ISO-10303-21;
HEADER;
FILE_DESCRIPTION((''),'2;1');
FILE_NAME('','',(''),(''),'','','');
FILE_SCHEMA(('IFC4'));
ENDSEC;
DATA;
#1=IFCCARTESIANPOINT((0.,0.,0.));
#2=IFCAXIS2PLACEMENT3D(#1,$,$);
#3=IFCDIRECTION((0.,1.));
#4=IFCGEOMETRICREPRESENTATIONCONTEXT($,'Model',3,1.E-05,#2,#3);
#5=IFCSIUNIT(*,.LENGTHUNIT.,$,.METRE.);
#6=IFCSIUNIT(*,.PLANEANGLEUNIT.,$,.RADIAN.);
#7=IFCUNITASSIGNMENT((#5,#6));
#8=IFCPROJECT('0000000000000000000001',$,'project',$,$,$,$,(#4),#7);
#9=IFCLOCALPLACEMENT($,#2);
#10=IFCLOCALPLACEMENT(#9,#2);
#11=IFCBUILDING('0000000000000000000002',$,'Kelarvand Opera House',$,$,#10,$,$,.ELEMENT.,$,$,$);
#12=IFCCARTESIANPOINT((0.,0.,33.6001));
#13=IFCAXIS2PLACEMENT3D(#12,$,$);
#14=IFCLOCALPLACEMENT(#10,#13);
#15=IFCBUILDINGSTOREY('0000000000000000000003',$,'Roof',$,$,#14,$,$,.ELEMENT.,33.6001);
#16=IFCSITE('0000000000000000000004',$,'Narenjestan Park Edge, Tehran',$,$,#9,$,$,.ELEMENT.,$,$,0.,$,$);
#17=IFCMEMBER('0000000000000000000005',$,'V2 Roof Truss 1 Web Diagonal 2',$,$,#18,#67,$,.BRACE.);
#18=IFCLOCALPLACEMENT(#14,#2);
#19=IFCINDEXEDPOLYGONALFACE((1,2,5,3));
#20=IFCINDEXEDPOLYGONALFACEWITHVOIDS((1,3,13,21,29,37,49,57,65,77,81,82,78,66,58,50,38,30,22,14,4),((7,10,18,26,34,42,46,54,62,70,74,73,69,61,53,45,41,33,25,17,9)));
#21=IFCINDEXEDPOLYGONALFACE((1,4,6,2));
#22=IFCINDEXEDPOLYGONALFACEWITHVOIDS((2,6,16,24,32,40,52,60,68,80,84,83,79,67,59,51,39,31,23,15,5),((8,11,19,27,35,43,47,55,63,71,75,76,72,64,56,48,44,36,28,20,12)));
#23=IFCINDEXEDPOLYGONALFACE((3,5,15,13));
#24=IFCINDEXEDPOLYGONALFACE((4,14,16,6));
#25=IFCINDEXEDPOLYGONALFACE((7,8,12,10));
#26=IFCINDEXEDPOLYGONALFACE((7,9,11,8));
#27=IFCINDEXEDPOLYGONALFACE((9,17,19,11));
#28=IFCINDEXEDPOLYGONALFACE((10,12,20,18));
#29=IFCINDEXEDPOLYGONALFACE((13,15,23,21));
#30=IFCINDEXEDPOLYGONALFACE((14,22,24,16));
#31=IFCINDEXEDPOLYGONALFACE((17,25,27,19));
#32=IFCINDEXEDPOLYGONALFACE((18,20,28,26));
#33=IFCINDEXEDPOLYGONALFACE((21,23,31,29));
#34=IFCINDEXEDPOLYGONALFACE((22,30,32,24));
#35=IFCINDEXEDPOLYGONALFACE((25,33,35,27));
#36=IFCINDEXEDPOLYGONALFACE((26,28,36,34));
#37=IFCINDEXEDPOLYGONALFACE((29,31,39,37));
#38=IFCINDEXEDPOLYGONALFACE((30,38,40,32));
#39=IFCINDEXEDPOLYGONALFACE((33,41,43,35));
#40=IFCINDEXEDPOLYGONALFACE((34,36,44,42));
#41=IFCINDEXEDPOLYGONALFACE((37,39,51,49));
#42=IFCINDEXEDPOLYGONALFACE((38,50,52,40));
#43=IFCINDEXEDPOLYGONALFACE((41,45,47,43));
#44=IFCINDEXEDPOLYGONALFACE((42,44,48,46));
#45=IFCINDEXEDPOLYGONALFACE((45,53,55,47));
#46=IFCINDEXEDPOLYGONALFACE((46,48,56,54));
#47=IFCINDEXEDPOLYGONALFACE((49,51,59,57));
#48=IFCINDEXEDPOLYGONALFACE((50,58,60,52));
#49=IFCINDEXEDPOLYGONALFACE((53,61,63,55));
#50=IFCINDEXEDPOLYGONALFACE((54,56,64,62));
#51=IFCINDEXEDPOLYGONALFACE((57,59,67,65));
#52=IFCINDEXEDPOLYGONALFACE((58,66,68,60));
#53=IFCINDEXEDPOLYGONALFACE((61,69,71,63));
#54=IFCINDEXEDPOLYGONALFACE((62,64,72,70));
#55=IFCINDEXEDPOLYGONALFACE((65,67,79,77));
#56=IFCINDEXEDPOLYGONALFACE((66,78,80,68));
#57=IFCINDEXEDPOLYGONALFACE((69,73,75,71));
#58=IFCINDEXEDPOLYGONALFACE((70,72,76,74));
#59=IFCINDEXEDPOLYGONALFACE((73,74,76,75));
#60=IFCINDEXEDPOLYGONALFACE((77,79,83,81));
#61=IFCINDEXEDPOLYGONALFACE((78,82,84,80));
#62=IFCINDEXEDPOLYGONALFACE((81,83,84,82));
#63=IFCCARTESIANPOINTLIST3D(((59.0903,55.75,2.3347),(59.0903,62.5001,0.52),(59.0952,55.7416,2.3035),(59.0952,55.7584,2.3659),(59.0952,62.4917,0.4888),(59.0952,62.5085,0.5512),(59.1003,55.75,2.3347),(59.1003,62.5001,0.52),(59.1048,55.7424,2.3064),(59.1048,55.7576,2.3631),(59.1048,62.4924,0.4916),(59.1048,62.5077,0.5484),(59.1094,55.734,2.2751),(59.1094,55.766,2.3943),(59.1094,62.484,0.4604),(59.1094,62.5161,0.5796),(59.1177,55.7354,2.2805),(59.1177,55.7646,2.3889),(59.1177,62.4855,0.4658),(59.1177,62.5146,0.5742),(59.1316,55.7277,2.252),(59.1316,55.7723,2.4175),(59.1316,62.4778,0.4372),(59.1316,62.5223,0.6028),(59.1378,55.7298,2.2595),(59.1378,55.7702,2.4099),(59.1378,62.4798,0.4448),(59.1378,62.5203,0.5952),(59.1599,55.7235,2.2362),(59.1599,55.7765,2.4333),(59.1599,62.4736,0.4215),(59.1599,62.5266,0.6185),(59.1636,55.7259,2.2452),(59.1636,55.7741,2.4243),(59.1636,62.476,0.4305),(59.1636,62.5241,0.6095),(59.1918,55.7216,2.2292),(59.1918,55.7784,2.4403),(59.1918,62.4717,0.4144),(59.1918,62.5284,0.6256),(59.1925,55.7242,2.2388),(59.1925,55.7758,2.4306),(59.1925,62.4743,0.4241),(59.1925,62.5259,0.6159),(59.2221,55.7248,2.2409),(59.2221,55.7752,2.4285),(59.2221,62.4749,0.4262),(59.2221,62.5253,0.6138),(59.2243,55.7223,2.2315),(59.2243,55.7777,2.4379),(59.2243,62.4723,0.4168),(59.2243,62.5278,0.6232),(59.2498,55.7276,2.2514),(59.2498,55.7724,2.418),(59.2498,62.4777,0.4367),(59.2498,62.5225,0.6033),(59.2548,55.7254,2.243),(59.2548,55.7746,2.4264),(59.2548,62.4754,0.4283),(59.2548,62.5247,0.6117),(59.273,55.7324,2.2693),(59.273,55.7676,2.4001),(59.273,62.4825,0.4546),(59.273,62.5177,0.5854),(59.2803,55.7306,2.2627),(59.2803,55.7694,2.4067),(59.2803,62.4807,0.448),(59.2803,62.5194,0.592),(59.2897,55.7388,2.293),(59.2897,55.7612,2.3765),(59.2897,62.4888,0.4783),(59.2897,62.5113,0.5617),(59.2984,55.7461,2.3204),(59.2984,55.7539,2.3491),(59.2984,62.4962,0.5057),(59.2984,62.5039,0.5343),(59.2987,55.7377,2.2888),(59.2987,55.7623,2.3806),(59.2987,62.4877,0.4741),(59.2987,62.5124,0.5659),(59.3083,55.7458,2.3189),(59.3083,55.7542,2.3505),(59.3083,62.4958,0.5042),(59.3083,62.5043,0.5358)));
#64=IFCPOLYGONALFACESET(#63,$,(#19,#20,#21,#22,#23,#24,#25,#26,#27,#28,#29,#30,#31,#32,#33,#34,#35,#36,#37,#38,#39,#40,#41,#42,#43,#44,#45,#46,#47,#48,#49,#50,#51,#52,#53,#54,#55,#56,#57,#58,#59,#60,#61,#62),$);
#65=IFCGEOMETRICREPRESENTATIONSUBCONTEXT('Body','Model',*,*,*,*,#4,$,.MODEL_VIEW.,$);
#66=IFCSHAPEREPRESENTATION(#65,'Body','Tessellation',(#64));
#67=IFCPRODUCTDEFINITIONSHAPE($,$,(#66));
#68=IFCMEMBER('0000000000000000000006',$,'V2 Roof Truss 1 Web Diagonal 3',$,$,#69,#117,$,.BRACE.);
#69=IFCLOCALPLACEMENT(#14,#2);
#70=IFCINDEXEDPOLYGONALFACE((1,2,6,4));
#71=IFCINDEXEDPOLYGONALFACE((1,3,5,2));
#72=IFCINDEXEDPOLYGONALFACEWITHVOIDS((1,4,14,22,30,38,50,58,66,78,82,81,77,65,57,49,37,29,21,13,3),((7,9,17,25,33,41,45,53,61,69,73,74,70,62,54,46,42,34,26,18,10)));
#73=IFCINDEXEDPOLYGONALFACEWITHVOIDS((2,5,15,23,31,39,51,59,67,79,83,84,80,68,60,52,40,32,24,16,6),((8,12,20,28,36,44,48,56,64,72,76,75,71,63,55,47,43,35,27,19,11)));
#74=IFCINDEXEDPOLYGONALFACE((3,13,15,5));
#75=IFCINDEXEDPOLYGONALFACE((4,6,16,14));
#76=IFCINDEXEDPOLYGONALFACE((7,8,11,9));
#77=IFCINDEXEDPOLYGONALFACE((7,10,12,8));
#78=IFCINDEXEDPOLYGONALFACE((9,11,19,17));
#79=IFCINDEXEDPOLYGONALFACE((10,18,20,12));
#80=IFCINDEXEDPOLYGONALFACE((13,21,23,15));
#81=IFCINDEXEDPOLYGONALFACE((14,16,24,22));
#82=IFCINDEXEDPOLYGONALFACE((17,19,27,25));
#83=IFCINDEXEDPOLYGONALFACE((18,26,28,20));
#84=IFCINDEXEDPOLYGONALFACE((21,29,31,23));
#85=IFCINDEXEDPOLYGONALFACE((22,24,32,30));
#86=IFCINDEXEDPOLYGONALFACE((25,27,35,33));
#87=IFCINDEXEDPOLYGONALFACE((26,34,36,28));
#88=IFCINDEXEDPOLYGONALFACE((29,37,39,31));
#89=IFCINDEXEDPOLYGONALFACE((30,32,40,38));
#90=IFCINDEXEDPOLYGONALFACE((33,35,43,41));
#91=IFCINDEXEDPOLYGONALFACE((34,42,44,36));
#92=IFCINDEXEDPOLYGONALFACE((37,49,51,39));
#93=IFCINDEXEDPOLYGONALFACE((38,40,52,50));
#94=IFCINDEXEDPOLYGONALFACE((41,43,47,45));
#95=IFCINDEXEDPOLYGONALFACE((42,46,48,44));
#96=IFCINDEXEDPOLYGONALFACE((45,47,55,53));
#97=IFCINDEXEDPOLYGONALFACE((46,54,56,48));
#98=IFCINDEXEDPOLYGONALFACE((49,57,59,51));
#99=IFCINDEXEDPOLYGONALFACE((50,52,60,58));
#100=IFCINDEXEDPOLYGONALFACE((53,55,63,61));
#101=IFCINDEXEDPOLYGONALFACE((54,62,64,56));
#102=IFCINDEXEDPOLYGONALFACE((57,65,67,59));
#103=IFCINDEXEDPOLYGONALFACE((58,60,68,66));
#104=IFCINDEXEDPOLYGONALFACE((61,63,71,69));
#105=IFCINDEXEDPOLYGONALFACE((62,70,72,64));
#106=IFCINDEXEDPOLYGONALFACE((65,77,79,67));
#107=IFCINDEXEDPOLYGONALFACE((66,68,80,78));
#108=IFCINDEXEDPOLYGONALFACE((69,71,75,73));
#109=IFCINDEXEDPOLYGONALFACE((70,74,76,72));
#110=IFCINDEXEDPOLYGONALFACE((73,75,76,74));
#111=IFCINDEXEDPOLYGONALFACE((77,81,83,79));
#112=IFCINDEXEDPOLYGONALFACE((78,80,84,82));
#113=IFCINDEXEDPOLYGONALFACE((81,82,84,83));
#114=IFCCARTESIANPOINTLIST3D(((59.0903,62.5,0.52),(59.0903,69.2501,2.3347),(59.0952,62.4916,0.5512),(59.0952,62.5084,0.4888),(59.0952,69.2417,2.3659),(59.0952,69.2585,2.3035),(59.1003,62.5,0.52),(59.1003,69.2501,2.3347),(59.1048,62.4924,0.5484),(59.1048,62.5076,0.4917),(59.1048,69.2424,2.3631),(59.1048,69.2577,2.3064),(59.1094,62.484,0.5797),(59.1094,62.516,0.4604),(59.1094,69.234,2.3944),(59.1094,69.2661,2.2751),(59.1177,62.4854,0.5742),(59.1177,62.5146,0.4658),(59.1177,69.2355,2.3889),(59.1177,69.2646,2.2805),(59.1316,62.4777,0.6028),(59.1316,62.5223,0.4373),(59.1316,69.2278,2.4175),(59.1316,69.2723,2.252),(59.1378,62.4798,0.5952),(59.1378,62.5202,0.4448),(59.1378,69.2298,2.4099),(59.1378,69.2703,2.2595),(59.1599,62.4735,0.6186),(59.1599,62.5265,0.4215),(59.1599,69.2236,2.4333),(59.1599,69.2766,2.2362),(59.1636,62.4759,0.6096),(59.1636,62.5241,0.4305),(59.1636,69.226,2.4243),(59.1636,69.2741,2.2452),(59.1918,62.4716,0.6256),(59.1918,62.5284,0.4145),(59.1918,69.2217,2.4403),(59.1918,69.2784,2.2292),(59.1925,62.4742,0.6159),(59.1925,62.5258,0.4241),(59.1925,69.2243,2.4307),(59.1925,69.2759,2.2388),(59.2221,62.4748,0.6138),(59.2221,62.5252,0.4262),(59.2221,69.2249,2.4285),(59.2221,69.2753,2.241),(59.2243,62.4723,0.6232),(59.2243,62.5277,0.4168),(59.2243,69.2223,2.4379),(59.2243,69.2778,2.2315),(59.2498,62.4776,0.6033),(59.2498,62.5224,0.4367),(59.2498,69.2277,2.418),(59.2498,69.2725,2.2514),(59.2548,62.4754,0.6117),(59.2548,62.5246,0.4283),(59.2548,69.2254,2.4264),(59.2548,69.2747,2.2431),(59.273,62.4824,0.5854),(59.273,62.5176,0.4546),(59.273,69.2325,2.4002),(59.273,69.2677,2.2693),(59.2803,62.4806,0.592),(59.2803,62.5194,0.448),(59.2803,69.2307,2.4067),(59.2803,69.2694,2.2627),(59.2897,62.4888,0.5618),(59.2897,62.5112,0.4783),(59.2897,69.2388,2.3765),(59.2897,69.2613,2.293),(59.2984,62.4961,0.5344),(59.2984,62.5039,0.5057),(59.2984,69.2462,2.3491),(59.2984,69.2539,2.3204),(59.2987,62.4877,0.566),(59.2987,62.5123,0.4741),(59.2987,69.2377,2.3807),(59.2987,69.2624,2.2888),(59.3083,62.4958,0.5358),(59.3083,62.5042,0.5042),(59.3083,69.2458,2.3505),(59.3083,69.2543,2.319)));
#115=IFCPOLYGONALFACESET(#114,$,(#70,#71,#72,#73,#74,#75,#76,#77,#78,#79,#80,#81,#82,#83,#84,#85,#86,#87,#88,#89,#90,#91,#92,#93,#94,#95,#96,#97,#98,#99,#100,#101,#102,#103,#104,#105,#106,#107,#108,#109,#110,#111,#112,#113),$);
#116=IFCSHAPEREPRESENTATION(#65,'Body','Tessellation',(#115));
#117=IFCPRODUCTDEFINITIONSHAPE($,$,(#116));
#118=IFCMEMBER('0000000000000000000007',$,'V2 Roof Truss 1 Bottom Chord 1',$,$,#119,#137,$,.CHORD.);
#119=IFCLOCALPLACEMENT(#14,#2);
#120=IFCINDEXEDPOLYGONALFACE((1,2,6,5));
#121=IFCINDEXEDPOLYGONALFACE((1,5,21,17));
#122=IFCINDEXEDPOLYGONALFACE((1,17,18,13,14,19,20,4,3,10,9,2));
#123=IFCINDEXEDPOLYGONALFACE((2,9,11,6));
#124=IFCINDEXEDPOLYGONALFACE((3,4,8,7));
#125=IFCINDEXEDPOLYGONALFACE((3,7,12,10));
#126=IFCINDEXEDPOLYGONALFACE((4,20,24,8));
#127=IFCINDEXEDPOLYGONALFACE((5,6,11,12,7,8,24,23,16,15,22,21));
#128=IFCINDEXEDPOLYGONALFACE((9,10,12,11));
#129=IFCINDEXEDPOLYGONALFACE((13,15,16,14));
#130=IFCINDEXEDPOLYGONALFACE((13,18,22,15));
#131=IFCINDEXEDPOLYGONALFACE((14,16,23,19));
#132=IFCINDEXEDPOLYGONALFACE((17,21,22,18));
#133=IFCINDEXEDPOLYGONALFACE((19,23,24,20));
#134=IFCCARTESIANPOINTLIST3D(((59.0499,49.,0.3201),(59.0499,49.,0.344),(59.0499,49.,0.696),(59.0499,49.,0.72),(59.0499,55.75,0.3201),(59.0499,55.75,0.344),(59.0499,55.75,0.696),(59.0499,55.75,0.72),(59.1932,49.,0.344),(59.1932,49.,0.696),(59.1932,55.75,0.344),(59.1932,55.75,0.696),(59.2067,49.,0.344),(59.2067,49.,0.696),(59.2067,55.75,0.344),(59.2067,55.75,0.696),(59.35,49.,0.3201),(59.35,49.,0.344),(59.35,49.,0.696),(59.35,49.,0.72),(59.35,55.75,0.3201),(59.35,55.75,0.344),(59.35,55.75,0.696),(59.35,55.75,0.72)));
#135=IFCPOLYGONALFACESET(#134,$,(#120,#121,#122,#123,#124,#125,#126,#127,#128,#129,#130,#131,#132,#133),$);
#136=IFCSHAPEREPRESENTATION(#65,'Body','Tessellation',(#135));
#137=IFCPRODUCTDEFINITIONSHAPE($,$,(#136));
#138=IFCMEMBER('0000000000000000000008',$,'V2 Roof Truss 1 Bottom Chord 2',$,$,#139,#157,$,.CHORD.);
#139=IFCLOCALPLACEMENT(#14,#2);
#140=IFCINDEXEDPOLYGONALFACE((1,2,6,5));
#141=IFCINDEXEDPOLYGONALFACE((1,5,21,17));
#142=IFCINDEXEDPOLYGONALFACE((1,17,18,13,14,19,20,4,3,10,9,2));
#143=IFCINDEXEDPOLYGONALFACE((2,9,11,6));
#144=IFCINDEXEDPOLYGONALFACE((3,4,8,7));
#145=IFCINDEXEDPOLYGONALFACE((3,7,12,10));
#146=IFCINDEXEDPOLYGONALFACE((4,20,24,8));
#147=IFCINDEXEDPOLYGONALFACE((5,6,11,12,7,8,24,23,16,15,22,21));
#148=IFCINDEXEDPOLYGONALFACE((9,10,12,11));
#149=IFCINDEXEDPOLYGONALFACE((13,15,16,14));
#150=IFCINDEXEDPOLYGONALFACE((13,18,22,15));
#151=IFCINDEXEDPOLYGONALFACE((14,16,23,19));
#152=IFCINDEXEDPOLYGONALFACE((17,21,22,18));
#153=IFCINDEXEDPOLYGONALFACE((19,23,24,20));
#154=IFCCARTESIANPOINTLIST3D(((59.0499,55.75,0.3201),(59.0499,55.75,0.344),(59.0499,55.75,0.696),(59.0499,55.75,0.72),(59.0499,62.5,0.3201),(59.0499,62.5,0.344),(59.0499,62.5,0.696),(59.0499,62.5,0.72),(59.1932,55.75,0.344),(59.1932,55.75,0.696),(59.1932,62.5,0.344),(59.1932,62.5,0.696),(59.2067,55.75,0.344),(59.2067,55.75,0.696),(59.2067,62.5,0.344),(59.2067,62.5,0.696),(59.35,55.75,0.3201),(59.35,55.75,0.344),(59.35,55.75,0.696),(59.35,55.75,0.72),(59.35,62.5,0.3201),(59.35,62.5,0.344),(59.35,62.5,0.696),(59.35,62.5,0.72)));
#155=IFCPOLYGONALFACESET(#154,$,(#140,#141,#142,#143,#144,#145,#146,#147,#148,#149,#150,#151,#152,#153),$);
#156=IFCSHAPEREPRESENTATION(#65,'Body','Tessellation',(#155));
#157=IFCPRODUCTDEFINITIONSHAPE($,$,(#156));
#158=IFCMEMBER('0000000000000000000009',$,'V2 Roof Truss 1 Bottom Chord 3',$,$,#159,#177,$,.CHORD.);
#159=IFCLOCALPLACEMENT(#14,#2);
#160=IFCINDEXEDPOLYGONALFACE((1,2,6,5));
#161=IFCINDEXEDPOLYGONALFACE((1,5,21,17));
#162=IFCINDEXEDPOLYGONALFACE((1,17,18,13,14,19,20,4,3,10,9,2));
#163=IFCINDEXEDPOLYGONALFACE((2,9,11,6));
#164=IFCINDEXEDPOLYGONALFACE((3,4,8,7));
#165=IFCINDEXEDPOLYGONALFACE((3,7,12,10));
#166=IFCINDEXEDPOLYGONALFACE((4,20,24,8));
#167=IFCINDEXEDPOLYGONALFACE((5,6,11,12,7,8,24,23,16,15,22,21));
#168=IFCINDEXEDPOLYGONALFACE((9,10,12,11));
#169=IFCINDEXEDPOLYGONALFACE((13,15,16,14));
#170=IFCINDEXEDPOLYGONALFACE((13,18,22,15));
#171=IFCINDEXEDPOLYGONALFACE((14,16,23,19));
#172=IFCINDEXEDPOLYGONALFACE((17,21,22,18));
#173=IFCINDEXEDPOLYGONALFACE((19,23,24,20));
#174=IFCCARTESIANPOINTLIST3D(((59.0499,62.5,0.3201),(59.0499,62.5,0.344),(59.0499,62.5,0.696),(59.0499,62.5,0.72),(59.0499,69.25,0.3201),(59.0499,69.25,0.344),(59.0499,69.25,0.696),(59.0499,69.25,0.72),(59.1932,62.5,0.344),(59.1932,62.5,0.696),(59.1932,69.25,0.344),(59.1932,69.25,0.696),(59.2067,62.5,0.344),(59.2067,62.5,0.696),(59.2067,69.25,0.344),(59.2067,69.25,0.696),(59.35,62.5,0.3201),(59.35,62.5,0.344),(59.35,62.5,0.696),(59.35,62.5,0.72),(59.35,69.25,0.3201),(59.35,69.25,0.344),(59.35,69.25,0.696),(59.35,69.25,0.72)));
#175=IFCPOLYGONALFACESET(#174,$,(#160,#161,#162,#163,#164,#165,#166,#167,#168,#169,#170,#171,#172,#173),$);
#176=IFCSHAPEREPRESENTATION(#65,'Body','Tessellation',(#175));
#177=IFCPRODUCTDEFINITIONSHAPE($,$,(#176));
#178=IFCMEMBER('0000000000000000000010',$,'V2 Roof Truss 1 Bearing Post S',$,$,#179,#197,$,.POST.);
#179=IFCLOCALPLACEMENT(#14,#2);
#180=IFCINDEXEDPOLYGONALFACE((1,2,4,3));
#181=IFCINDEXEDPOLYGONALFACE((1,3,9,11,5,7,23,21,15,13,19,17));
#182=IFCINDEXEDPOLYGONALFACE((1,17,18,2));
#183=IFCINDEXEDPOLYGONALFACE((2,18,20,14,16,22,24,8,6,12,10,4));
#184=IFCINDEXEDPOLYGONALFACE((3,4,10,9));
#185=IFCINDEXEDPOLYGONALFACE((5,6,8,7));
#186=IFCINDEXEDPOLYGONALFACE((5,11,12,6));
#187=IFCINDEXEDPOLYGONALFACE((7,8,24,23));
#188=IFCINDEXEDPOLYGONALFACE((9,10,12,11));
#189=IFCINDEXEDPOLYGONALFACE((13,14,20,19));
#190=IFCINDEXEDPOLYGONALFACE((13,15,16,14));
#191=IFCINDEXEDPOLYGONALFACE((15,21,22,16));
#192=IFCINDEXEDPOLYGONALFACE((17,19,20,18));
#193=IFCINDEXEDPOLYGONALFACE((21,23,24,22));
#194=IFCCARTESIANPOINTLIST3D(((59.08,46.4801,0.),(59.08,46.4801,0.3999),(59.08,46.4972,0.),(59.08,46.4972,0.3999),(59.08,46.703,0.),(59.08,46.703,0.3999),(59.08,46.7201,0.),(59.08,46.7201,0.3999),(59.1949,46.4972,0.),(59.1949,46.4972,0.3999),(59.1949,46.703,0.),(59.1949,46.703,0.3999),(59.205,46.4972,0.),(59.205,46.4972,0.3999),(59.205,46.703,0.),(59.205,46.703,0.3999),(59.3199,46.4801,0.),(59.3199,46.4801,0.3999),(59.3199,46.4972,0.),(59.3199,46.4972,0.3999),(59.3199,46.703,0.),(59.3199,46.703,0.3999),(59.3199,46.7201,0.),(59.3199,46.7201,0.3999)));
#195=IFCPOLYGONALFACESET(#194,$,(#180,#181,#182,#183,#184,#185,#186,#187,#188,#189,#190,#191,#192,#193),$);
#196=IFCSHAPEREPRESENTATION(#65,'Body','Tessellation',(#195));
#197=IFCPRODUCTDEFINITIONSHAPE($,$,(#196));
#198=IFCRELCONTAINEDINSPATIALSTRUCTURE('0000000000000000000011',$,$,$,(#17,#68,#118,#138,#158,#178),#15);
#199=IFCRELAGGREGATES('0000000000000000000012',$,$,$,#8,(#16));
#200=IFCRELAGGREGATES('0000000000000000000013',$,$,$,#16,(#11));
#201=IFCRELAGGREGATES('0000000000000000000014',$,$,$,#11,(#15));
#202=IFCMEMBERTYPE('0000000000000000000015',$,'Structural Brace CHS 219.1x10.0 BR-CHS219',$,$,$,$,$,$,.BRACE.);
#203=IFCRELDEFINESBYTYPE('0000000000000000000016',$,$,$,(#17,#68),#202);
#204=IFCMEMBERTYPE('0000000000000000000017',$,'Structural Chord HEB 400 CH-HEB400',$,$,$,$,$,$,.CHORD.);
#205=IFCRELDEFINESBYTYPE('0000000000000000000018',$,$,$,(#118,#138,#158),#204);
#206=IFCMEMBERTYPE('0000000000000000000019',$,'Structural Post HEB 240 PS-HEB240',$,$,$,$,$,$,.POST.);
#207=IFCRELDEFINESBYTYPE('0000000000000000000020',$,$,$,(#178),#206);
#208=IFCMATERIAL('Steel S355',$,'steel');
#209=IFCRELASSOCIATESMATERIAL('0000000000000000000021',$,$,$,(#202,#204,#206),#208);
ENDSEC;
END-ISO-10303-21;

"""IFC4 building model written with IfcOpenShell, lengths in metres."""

from ifc_helpers import new_model, si_unit, direction, frame, origin, origin_2d, place, context, subcontext, project, spatial, hollow_circle, i_section, extrude, material, material_profile, profile_set, type_object, element, save


model = new_model("IFC4")

# Units and contexts
model_context = context("Model", 3, precision=1e-05, world=origin(), true_north=direction((0.0, 1.0)))
body_context = subcontext(model_context, "Body", "Model", "MODEL_VIEW")
ifc_project = project(units=[si_unit("LENGTHUNIT", "METRE"), si_unit("PLANEANGLEUNIT", "RADIAN")], contexts=[model_context])

# Site, building, storey
site_placement = place(None, origin())
site = spatial("IfcSite", under=ifc_project, at=site_placement, Name="Narenjestan Park Edge, Tehran", CompositionType="ELEMENT", RefElevation=0.0)
building_placement = place(site_placement, origin())
building = spatial("IfcBuilding", under=site, at=building_placement, Name="Kelarvand Opera House", CompositionType="ELEMENT")
storey_placement = place(building_placement, frame((0.0, 0.0, 33.6001)))
storey = spatial("IfcBuildingStorey", under=building, at=storey_placement, Name="Roof", CompositionType="ELEMENT", Elevation=33.6001)

# Members
ifc_material_1 = material(Name="Steel S355", Category="steel")
ifc_material_profile_1 = material_profile(ifc_material_1, hollow_circle(Radius=0.1096, WallThickness=0.01, at=origin_2d()), Name="CHS 219.1x10.0", Category="steel")
ifc_profile_set_1 = profile_set([ifc_material_profile_1], Name="Steel S355")
member_type_1 = type_object("IfcMemberType", Name="Structural Brace CHS 219.1x10.0 BR-CHS219", PredefinedType="BRACE", material=ifc_profile_set_1)
for number, where, z_axis, x_axis, name in (
    (1, (59.2, 55.75, 2.3347), (0.0, 0.965709, -0.259625), (-1.0, 0.0, 0.0), "V2 Roof Truss 1 Web Diagonal 2"),
    (2, (59.2, 62.5, 0.52), (0.0, 0.965709, 0.259625), (-1.0, 0.0, 0.0), "V2 Roof Truss 1 Web Diagonal 3"),
):
    element("IfcMember", number, at=place(storey_placement, frame(where, z_axis=z_axis, x_axis=x_axis)), inside=storey, type_object=member_type_1, Name=name, PredefinedType="BRACE", context=body_context, shape_type="SweptSolid", body=[
        extrude(hollow_circle(Radius=0.1096, WallThickness=0.01, at=origin_2d()), origin(), (0.0, 0.0, 1.0), 6.9897),
    ])
ifc_material_profile_2 = material_profile(ifc_material_1, i_section(OverallWidth=0.3, OverallDepth=0.3999, WebThickness=0.0134, FlangeThickness=0.0239, at=origin_2d()), Name="HEB 400", Category="steel")
ifc_profile_set_2 = profile_set([ifc_material_profile_2], Name="Steel S355")
member_type_2 = type_object("IfcMemberType", Name="Structural Chord HEB 400 CH-HEB400", PredefinedType="CHORD", material=ifc_profile_set_2)
for number, where, z_axis, x_axis, name in (
    (3, (59.2, 49.0, 0.52), (0.0, 1.0, 0.0), (-1.0, 0.0, 0.0), "V2 Roof Truss 1 Bottom Chord 1"),
    (4, (59.2, 55.75, 0.52), (0.0, 1.0, 0.0), (-1.0, 0.0, 0.0), "V2 Roof Truss 1 Bottom Chord 2"),
    (5, (59.2, 62.5, 0.52), (0.0, 1.0, 0.0), (-1.0, 0.0, 0.0), "V2 Roof Truss 1 Bottom Chord 3"),
):
    element("IfcMember", number, at=place(storey_placement, frame(where, z_axis=z_axis, x_axis=x_axis)), inside=storey, type_object=member_type_2, Name=name, PredefinedType="CHORD", context=body_context, shape_type="SweptSolid", body=[
        extrude(i_section(OverallWidth=0.3, OverallDepth=0.3999, WebThickness=0.0134, FlangeThickness=0.0239, at=origin_2d()), origin(), (0.0, 0.0, 1.0), 6.75),
    ])
ifc_material_profile_3 = material_profile(ifc_material_1, i_section(OverallWidth=0.24, OverallDepth=0.24, WebThickness=0.01, FlangeThickness=0.0171, at=origin_2d()), Name="HEB 240", Category="steel")
ifc_profile_set_3 = profile_set([ifc_material_profile_3], Name="Steel S355")
member_type_3 = type_object("IfcMemberType", Name="Structural Post HEB 240 PS-HEB240", PredefinedType="POST", material=ifc_profile_set_3)
member_1_placement = place(storey_placement, frame((59.2, 46.6001, 0.0), z_axis=(0.0, 0.0, 1.0), x_axis=(1.0, 0.0, 0.0)))
element("IfcMember", 6, at=member_1_placement, inside=storey, type_object=member_type_3, Name="V2 Roof Truss 1 Bearing Post S", PredefinedType="POST", context=body_context, shape_type="SweptSolid", body=[
    extrude(i_section(OverallWidth=0.24, OverallDepth=0.24, WebThickness=0.01, FlangeThickness=0.0171, at=origin_2d()), origin(), (0.0, 0.0, 1.0), 0.3999),
])

save(model, "model.ifc")
